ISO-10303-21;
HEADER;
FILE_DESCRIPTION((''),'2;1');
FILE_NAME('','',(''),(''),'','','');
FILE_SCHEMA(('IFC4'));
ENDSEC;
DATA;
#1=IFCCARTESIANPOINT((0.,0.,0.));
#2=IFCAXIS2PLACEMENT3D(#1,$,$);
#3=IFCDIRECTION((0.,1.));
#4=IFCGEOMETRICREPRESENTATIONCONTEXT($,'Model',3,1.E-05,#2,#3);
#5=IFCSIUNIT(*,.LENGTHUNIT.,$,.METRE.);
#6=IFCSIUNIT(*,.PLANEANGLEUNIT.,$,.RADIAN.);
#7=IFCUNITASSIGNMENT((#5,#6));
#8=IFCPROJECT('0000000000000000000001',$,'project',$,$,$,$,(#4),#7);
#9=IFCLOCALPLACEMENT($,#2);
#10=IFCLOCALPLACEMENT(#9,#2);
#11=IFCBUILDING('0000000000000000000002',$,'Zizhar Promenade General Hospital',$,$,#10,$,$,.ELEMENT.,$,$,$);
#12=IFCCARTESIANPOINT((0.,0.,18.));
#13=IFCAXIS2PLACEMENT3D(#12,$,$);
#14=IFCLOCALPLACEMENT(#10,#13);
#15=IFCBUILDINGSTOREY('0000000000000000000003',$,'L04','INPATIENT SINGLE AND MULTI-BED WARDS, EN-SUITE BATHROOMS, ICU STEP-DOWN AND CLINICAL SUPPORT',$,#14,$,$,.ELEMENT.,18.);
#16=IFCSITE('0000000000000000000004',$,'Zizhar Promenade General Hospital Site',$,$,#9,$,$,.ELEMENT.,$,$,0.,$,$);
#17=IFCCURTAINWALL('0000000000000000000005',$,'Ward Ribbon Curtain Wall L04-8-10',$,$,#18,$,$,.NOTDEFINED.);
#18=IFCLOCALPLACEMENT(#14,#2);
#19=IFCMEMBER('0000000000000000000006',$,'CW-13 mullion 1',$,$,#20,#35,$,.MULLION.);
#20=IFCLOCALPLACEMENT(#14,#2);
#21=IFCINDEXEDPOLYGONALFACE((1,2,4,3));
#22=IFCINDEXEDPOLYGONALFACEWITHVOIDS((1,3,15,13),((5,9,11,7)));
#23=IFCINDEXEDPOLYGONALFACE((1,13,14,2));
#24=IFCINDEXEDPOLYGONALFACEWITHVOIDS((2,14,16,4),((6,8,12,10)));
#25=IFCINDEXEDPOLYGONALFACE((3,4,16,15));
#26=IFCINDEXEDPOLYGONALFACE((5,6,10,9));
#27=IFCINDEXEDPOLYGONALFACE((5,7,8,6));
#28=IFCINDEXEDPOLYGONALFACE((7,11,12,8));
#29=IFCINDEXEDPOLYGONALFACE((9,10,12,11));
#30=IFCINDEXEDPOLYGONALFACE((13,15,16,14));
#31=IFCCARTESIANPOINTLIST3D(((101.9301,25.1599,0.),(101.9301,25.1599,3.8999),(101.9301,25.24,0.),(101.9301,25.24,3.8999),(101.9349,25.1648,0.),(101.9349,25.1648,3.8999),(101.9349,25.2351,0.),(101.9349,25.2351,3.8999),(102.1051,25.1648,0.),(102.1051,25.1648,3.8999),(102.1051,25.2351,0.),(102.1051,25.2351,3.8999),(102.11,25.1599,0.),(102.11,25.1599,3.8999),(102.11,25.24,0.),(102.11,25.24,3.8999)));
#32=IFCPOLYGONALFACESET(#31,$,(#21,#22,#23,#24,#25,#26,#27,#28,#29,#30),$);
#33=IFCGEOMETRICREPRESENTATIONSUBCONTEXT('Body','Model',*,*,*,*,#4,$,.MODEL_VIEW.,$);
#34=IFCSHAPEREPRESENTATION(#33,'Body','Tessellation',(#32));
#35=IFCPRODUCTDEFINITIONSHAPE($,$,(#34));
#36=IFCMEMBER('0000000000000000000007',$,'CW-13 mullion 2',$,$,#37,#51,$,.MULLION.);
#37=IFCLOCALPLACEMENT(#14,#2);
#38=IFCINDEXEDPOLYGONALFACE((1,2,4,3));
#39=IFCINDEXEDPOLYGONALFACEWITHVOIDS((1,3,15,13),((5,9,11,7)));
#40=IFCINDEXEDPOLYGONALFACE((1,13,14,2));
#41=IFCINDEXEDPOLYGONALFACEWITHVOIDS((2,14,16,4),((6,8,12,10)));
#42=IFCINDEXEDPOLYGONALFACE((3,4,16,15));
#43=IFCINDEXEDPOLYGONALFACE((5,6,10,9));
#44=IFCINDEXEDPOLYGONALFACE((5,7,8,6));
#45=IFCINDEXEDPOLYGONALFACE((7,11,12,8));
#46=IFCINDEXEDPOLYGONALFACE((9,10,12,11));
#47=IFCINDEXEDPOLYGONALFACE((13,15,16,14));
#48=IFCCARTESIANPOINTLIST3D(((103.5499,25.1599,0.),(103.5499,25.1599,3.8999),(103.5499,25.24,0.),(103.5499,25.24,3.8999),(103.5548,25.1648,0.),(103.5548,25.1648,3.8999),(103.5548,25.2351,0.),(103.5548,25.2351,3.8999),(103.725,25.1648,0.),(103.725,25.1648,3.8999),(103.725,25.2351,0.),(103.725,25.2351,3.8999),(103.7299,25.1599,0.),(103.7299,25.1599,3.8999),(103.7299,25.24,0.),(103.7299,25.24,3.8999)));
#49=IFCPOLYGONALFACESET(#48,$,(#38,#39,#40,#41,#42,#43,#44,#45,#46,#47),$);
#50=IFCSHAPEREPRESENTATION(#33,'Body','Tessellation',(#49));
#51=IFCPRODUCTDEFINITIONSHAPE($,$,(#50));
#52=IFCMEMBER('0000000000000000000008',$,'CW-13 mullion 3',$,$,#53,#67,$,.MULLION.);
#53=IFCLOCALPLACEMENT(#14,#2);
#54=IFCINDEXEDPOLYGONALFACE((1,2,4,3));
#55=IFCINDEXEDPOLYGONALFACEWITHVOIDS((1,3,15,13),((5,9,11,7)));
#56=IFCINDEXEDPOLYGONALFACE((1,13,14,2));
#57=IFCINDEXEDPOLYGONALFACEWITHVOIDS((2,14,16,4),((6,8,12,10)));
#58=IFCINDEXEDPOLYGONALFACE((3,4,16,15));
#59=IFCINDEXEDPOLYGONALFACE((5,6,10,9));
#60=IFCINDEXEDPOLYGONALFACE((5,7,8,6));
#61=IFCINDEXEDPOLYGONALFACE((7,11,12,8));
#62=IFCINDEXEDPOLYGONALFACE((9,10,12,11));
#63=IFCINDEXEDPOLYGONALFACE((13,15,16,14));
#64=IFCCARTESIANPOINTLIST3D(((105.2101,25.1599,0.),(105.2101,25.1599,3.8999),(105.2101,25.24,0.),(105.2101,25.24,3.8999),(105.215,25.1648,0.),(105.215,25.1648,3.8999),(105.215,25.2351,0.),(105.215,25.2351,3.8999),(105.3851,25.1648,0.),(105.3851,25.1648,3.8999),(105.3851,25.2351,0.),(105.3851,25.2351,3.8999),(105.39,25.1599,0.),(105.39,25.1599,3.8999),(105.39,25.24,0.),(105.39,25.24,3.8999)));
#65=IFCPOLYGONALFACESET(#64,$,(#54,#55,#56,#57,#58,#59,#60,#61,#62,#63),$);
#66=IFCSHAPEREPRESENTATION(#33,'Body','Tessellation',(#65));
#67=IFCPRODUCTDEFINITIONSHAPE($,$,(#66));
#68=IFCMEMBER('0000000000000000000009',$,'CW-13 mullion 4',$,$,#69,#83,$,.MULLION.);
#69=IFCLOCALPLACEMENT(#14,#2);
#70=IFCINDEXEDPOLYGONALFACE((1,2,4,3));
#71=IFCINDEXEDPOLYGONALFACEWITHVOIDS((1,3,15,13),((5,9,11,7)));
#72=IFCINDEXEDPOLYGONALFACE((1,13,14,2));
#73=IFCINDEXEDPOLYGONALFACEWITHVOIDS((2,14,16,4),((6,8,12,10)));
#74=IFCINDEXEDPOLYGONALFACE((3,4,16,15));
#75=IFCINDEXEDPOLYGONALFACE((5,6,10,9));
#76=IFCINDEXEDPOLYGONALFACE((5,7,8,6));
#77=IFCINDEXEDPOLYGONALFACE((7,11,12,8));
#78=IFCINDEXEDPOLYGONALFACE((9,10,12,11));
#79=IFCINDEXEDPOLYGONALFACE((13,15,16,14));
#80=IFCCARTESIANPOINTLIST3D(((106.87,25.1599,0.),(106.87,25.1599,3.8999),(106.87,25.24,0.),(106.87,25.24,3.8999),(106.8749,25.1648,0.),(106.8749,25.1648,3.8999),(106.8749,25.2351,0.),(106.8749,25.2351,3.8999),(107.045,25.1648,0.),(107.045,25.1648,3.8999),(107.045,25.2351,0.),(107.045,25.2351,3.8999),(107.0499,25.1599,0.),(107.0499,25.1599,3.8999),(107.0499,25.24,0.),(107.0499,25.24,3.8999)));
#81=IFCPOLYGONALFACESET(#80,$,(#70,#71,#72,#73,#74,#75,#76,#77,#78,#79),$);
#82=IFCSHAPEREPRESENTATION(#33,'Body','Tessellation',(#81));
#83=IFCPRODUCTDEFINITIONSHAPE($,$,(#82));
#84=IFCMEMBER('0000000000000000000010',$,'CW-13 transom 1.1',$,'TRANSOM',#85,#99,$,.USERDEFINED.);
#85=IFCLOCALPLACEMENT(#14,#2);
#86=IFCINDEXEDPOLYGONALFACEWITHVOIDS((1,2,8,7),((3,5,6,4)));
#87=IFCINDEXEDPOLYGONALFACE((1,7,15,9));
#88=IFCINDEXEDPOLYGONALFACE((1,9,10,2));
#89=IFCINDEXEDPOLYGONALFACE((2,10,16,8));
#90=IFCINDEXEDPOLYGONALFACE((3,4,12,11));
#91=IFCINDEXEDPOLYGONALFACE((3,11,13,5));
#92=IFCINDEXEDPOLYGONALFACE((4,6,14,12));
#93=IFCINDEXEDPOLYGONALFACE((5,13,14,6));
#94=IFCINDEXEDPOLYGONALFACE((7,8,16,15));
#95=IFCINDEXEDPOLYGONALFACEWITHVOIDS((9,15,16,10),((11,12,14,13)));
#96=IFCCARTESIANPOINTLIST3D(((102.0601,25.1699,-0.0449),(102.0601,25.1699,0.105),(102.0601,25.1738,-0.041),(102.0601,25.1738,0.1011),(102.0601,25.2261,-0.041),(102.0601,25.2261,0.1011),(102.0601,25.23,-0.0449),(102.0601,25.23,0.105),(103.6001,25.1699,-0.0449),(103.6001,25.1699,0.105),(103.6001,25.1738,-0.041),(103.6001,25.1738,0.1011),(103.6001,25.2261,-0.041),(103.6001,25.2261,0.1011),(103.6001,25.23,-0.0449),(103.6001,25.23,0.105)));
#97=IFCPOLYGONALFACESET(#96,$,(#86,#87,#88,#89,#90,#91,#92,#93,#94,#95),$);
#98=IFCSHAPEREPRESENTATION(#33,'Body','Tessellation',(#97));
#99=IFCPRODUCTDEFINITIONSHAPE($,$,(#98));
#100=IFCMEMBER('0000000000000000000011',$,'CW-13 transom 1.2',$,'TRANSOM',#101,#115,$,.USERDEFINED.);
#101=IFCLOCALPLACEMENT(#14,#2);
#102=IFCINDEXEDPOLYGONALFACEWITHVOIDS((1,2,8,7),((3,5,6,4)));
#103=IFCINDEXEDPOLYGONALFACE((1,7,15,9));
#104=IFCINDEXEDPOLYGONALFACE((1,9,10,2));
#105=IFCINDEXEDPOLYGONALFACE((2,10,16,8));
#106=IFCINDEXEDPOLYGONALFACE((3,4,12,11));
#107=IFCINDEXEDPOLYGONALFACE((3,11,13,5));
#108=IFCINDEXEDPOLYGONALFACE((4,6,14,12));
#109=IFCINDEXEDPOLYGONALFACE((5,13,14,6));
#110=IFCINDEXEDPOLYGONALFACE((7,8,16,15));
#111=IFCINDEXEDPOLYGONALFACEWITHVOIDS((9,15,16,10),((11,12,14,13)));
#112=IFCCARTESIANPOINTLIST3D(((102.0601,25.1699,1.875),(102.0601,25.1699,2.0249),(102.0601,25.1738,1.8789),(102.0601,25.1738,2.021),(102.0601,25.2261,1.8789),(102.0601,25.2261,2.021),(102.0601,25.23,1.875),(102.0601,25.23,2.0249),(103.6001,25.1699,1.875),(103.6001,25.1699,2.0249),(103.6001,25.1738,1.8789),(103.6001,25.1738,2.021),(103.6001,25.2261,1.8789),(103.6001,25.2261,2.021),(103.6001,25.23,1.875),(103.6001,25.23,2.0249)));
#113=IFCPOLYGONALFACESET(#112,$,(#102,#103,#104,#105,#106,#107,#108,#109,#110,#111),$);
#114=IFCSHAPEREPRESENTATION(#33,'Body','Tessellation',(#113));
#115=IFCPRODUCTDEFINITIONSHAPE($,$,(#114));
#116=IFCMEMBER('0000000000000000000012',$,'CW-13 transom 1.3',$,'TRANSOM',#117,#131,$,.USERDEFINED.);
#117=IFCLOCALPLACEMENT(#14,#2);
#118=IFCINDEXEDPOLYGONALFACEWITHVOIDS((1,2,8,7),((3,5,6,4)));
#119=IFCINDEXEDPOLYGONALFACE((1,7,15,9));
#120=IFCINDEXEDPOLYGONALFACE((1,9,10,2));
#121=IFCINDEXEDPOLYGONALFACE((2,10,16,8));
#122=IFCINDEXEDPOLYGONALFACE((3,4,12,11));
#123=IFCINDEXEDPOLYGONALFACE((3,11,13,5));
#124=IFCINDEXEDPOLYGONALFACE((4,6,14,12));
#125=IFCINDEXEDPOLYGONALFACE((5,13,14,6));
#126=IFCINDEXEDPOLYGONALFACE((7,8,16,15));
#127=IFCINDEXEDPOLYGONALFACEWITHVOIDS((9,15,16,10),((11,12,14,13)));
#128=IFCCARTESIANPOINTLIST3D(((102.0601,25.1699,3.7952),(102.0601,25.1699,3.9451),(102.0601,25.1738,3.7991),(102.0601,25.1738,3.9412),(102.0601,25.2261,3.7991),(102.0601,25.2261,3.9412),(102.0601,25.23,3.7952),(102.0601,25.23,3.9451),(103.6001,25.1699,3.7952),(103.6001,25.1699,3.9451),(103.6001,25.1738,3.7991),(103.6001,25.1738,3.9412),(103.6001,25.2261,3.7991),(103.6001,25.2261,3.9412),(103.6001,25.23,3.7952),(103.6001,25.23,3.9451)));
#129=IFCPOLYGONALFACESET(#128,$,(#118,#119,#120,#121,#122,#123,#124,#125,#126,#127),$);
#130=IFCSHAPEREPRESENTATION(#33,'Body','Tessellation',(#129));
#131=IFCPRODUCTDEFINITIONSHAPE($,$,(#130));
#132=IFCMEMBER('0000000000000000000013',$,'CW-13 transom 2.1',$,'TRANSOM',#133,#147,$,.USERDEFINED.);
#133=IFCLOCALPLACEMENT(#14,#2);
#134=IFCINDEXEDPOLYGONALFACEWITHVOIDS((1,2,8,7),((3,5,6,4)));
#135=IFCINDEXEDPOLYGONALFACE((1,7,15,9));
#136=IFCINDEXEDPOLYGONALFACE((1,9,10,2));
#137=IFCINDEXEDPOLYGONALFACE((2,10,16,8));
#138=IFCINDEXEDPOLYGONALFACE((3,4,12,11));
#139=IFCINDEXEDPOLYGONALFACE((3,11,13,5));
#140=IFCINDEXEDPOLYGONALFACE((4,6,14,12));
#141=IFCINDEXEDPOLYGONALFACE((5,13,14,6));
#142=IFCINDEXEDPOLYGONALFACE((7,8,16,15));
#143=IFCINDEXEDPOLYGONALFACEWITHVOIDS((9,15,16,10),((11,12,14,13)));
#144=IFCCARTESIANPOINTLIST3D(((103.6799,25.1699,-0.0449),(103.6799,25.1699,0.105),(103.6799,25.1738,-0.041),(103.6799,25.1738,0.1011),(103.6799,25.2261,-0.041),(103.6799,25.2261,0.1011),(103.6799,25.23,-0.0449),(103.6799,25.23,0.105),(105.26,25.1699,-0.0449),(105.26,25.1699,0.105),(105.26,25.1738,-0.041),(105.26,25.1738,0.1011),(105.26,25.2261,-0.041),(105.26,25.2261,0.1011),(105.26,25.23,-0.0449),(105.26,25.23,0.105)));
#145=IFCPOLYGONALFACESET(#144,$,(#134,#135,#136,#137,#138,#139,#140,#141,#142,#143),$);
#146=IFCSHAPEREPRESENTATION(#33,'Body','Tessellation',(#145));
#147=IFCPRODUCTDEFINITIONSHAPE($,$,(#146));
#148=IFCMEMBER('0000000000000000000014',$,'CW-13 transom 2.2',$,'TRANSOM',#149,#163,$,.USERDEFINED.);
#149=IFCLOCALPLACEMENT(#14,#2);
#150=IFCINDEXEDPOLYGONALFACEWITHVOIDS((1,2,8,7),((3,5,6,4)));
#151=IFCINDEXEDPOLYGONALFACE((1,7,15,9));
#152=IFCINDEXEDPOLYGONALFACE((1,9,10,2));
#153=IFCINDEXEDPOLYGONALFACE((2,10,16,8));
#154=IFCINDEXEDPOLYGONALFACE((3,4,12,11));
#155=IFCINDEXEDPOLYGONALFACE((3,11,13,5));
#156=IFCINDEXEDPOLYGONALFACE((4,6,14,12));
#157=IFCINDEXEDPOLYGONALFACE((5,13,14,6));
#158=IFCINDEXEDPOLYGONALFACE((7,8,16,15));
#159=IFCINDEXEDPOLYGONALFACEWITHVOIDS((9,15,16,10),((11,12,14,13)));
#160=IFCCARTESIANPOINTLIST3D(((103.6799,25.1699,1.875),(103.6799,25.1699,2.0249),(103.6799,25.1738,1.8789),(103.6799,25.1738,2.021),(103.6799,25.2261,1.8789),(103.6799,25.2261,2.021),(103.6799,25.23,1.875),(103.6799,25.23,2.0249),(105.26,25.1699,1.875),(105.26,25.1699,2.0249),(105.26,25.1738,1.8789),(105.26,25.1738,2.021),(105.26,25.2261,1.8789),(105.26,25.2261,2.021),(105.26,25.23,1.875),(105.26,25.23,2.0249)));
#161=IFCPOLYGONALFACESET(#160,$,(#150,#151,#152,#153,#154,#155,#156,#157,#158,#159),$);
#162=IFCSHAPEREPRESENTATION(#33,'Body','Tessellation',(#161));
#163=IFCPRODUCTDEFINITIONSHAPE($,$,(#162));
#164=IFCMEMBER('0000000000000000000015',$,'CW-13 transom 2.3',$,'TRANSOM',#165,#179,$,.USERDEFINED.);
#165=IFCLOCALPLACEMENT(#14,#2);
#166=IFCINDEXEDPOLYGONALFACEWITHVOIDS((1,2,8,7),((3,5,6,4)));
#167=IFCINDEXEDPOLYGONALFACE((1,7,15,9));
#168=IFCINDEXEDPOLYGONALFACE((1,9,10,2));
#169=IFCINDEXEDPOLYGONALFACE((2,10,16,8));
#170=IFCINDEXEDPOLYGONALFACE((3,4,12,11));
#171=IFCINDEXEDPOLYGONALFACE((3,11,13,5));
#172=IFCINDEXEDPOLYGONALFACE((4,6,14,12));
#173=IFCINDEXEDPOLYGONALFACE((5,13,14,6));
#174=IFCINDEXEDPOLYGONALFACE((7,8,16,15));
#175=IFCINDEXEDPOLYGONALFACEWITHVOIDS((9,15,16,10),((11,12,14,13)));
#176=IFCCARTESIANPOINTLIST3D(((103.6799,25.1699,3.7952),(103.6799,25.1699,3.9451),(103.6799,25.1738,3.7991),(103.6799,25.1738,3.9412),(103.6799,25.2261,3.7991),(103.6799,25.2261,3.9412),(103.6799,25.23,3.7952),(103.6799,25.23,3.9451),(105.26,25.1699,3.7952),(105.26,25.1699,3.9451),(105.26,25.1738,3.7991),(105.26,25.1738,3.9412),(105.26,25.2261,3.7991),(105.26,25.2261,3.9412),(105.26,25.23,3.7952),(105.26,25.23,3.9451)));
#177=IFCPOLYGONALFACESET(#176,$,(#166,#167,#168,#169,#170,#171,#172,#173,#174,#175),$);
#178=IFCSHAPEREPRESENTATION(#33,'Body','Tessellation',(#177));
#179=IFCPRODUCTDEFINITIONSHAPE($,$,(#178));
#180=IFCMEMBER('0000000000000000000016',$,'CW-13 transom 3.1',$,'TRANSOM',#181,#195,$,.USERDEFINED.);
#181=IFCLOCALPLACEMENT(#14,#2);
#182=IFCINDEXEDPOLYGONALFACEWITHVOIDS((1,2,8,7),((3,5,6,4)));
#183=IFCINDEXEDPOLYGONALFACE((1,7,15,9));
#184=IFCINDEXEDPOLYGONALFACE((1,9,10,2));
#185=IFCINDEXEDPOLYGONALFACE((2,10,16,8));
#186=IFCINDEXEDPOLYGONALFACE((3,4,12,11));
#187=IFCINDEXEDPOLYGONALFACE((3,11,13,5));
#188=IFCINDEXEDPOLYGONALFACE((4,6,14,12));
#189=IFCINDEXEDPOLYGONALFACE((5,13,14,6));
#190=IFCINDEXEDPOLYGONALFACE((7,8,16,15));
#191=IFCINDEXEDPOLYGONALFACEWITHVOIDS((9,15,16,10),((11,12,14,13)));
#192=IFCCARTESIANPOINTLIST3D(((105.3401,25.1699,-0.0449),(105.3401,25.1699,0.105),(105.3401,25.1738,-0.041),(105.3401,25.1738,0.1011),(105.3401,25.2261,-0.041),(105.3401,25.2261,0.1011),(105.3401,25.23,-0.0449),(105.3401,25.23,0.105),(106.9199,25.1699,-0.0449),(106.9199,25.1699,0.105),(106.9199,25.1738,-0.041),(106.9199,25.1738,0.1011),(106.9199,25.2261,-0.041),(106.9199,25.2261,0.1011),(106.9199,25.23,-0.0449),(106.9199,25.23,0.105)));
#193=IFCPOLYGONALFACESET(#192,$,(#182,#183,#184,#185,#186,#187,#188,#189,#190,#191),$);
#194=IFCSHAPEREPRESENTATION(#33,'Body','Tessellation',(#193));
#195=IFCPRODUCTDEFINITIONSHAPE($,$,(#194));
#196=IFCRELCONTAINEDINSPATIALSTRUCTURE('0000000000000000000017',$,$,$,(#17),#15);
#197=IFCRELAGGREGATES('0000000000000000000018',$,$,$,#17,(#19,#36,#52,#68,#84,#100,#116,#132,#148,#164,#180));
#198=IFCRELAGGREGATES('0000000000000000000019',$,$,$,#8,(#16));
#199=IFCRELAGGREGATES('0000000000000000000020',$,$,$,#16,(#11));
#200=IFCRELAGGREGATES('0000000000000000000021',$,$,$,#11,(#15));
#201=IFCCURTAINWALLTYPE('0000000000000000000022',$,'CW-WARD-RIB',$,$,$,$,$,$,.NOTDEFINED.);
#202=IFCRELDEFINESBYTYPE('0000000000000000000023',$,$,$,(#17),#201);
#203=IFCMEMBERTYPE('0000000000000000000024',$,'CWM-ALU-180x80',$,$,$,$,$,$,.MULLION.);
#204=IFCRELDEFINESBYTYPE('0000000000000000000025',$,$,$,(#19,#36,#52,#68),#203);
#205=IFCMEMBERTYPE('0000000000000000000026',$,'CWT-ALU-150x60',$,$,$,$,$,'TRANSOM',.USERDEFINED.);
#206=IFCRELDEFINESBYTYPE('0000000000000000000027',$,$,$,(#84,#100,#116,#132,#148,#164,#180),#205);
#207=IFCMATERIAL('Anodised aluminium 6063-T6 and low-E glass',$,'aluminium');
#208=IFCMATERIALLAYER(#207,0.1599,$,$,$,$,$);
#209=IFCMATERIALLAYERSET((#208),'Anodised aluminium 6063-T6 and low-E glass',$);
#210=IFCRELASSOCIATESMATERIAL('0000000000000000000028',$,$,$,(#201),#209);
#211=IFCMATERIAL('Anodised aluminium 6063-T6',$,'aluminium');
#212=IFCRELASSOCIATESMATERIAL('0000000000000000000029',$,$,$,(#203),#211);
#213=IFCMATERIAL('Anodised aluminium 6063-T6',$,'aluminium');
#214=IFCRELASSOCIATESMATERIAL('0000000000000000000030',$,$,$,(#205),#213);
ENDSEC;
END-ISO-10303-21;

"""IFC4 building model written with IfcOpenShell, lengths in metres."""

from ifc_helpers import new_model, si_unit, direction, frame, origin, origin_2d, place, context, subcontext, project, spatial, hollow_rectangle, extrude, material, layer, layer_set, material_profile, profile_set, type_object, element, aggregate, save


model = new_model("IFC4")

# Units and contexts
model_context = context("Model", 3, precision=1e-05, world=origin(), true_north=direction((0.0, 1.0)))
body_context = subcontext(model_context, "Body", "Model", "MODEL_VIEW")
ifc_project = project(units=[si_unit("LENGTHUNIT", "METRE"), si_unit("PLANEANGLEUNIT", "RADIAN")], contexts=[model_context])

# Site, building, storey
site_placement = place(None, origin())
site = spatial("IfcSite", under=ifc_project, at=site_placement, Name="Zizhar Promenade General Hospital Site", CompositionType="ELEMENT", RefElevation=0.0)
building_placement = place(site_placement, origin())
building = spatial("IfcBuilding", under=site, at=building_placement, Name="Zizhar Promenade General Hospital", CompositionType="ELEMENT")
storey_placement = place(building_placement, frame((0.0, 0.0, 18.0)))
storey = spatial("IfcBuildingStorey", under=building, at=storey_placement, Name="L04", Description="INPATIENT SINGLE AND MULTI-BED WARDS, EN-SUITE BATHROOMS, ICU STEP-DOWN AND CLINICAL SUPPORT", CompositionType="ELEMENT", Elevation=18.0)

# Curtain wall, members
ifc_material_1 = material(Name="Anodised aluminium 6063-T6 and low-E glass", Category="aluminium")
ifc_layer_1 = layer(ifc_material_1, 0.1599)
ifc_layer_set_1 = layer_set([ifc_layer_1], Name="Anodised aluminium 6063-T6 and low-E glass")
curtain_wall_type = type_object("IfcCurtainWallType", Name="CW-WARD-RIB", PredefinedType="NOTDEFINED", material=ifc_layer_set_1)
curtain_wall_placement = place(storey_placement, origin())
curtain_wall = element("IfcCurtainWall", 1, at=curtain_wall_placement, inside=storey, type_object=curtain_wall_type, Name="Ward Ribbon Curtain Wall L04-8-10", PredefinedType="NOTDEFINED")
ifc_material_2 = material(Name="Anodised aluminium 6063-T6", Category="aluminium")
ifc_material_profile_1 = material_profile(ifc_material_2, hollow_rectangle(XDim=0.0801, YDim=0.1799, WallThickness=0.0049, at=origin_2d()))
ifc_profile_set_1 = profile_set([ifc_material_profile_1], Name="Anodised aluminium 6063-T6")
member_type_1 = type_object("IfcMemberType", Name="CWM-ALU-180x80", PredefinedType="MULLION", material=ifc_profile_set_1)
member_1_placement = place(storey_placement, frame((102.02, 25.2, 0.0), z_axis=(0.0, 0.0, 1.0), x_axis=(0.0, 1.0, 0.0)))
member_1 = element("IfcMember", 2, at=member_1_placement, type_object=member_type_1, Name="CW-13 mullion 1", PredefinedType="MULLION", context=body_context, shape_type="SweptSolid", body=[
    extrude(hollow_rectangle(XDim=0.0801, YDim=0.1799, WallThickness=0.0049, at=origin_2d()), origin(), (0.0, 0.0, 1.0), 3.8999),
])
member_2_placement = place(storey_placement, frame((103.6399, 25.2, 0.0), z_axis=(0.0, 0.0, 1.0), x_axis=(0.0, 1.0, 0.0)))
member_2 = element("IfcMember", 3, at=member_2_placement, type_object=member_type_1, Name="CW-13 mullion 2", PredefinedType="MULLION", context=body_context, shape_type="SweptSolid", body=[
    extrude(hollow_rectangle(XDim=0.0801, YDim=0.1799, WallThickness=0.0049, at=origin_2d()), origin(), (0.0, 0.0, 1.0), 3.8999),
])
member_3_placement = place(storey_placement, frame((105.3, 25.2, 0.0), z_axis=(0.0, 0.0, 1.0), x_axis=(0.0, 1.0, 0.0)))
member_3 = element("IfcMember", 4, at=member_3_placement, type_object=member_type_1, Name="CW-13 mullion 3", PredefinedType="MULLION", context=body_context, shape_type="SweptSolid", body=[
    extrude(hollow_rectangle(XDim=0.0801, YDim=0.1799, WallThickness=0.0049, at=origin_2d()), origin(), (0.0, 0.0, 1.0), 3.8999),
])
member_4_placement = place(storey_placement, frame((106.96, 25.2, 0.0), z_axis=(0.0, 0.0, 1.0), x_axis=(0.0, 1.0, 0.0)))
member_4 = element("IfcMember", 5, at=member_4_placement, type_object=member_type_1, Name="CW-13 mullion 4", PredefinedType="MULLION", context=body_context, shape_type="SweptSolid", body=[
    extrude(hollow_rectangle(XDim=0.0801, YDim=0.1799, WallThickness=0.0049, at=origin_2d()), origin(), (0.0, 0.0, 1.0), 3.8999),
])
ifc_material_3 = material(Name="Anodised aluminium 6063-T6", Category="aluminium")
ifc_material_profile_2 = material_profile(ifc_material_3, hollow_rectangle(XDim=0.0601, YDim=0.1499, WallThickness=0.0039, at=origin_2d()))
ifc_profile_set_2 = profile_set([ifc_material_profile_2], Name="Anodised aluminium 6063-T6")
member_type_2 = type_object("IfcMemberType", Name="CWT-ALU-150x60", ElementType="TRANSOM", PredefinedType="USERDEFINED", material=ifc_profile_set_2)
member_5_placement = place(storey_placement, frame((102.0601, 25.2, 0.03), z_axis=(1.0, 0.0, 0.0), x_axis=(0.0, 1.0, 0.0)))
member_5 = element("IfcMember", 6, at=member_5_placement, type_object=member_type_2, Name="CW-13 transom 1.1", ObjectType="TRANSOM", PredefinedType="USERDEFINED", context=body_context, shape_type="SweptSolid", body=[
    extrude(hollow_rectangle(XDim=0.0601, YDim=0.1499, WallThickness=0.0039, at=origin_2d()), origin(), (0.0, 0.0, 1.0), 1.54),
])
member_6_placement = place(storey_placement, frame((102.0601, 25.2, 1.95), z_axis=(1.0, 0.0, 0.0), x_axis=(0.0, 1.0, 0.0)))
member_6 = element("IfcMember", 7, at=member_6_placement, type_object=member_type_2, Name="CW-13 transom 1.2", ObjectType="TRANSOM", PredefinedType="USERDEFINED", context=body_context, shape_type="SweptSolid", body=[
    extrude(hollow_rectangle(XDim=0.0601, YDim=0.1499, WallThickness=0.0039, at=origin_2d()), origin(), (0.0, 0.0, 1.0), 1.54),
])
member_7_placement = place(storey_placement, frame((102.0601, 25.2, 3.8701), z_axis=(1.0, 0.0, 0.0), x_axis=(0.0, 1.0, 0.0)))
member_7 = element("IfcMember", 8, at=member_7_placement, type_object=member_type_2, Name="CW-13 transom 1.3", ObjectType="TRANSOM", PredefinedType="USERDEFINED", context=body_context, shape_type="SweptSolid", body=[
    extrude(hollow_rectangle(XDim=0.0601, YDim=0.1499, WallThickness=0.0039, at=origin_2d()), origin(), (0.0, 0.0, 1.0), 1.54),
])
member_8_placement = place(storey_placement, frame((103.6799, 25.2, 0.03), z_axis=(1.0, 0.0, 0.0), x_axis=(0.0, 1.0, 0.0)))
member_8 = element("IfcMember", 9, at=member_8_placement, type_object=member_type_2, Name="CW-13 transom 2.1", ObjectType="TRANSOM", PredefinedType="USERDEFINED", context=body_context, shape_type="SweptSolid", body=[
    extrude(hollow_rectangle(XDim=0.0601, YDim=0.1499, WallThickness=0.0039, at=origin_2d()), origin(), (0.0, 0.0, 1.0), 1.5801),
])
member_9_placement = place(storey_placement, frame((103.6799, 25.2, 1.95), z_axis=(1.0, 0.0, 0.0), x_axis=(0.0, 1.0, 0.0)))
member_9 = element("IfcMember", 10, at=member_9_placement, type_object=member_type_2, Name="CW-13 transom 2.2", ObjectType="TRANSOM", PredefinedType="USERDEFINED", context=body_context, shape_type="SweptSolid", body=[
    extrude(hollow_rectangle(XDim=0.0601, YDim=0.1499, WallThickness=0.0039, at=origin_2d()), origin(), (0.0, 0.0, 1.0), 1.5801),
])
member_10_placement = place(storey_placement, frame((103.6799, 25.2, 3.8701), z_axis=(1.0, 0.0, 0.0), x_axis=(0.0, 1.0, 0.0)))
member_10 = element("IfcMember", 11, at=member_10_placement, type_object=member_type_2, Name="CW-13 transom 2.3", ObjectType="TRANSOM", PredefinedType="USERDEFINED", context=body_context, shape_type="SweptSolid", body=[
    extrude(hollow_rectangle(XDim=0.0601, YDim=0.1499, WallThickness=0.0039, at=origin_2d()), origin(), (0.0, 0.0, 1.0), 1.5801),
])
member_11_placement = place(storey_placement, frame((105.3401, 25.2, 0.03), z_axis=(1.0, 0.0, 0.0), x_axis=(0.0, 1.0, 0.0)))
member_11 = element("IfcMember", 12, at=member_11_placement, type_object=member_type_2, Name="CW-13 transom 3.1", ObjectType="TRANSOM", PredefinedType="USERDEFINED", context=body_context, shape_type="SweptSolid", body=[
    extrude(hollow_rectangle(XDim=0.0601, YDim=0.1499, WallThickness=0.0039, at=origin_2d()), origin(), (0.0, 0.0, 1.0), 1.5798),
])
aggregate(curtain_wall, [member_1, member_2, member_3, member_4, member_5, member_6, member_7, member_8, member_9, member_10, member_11])

save(model, "model.ifc")
